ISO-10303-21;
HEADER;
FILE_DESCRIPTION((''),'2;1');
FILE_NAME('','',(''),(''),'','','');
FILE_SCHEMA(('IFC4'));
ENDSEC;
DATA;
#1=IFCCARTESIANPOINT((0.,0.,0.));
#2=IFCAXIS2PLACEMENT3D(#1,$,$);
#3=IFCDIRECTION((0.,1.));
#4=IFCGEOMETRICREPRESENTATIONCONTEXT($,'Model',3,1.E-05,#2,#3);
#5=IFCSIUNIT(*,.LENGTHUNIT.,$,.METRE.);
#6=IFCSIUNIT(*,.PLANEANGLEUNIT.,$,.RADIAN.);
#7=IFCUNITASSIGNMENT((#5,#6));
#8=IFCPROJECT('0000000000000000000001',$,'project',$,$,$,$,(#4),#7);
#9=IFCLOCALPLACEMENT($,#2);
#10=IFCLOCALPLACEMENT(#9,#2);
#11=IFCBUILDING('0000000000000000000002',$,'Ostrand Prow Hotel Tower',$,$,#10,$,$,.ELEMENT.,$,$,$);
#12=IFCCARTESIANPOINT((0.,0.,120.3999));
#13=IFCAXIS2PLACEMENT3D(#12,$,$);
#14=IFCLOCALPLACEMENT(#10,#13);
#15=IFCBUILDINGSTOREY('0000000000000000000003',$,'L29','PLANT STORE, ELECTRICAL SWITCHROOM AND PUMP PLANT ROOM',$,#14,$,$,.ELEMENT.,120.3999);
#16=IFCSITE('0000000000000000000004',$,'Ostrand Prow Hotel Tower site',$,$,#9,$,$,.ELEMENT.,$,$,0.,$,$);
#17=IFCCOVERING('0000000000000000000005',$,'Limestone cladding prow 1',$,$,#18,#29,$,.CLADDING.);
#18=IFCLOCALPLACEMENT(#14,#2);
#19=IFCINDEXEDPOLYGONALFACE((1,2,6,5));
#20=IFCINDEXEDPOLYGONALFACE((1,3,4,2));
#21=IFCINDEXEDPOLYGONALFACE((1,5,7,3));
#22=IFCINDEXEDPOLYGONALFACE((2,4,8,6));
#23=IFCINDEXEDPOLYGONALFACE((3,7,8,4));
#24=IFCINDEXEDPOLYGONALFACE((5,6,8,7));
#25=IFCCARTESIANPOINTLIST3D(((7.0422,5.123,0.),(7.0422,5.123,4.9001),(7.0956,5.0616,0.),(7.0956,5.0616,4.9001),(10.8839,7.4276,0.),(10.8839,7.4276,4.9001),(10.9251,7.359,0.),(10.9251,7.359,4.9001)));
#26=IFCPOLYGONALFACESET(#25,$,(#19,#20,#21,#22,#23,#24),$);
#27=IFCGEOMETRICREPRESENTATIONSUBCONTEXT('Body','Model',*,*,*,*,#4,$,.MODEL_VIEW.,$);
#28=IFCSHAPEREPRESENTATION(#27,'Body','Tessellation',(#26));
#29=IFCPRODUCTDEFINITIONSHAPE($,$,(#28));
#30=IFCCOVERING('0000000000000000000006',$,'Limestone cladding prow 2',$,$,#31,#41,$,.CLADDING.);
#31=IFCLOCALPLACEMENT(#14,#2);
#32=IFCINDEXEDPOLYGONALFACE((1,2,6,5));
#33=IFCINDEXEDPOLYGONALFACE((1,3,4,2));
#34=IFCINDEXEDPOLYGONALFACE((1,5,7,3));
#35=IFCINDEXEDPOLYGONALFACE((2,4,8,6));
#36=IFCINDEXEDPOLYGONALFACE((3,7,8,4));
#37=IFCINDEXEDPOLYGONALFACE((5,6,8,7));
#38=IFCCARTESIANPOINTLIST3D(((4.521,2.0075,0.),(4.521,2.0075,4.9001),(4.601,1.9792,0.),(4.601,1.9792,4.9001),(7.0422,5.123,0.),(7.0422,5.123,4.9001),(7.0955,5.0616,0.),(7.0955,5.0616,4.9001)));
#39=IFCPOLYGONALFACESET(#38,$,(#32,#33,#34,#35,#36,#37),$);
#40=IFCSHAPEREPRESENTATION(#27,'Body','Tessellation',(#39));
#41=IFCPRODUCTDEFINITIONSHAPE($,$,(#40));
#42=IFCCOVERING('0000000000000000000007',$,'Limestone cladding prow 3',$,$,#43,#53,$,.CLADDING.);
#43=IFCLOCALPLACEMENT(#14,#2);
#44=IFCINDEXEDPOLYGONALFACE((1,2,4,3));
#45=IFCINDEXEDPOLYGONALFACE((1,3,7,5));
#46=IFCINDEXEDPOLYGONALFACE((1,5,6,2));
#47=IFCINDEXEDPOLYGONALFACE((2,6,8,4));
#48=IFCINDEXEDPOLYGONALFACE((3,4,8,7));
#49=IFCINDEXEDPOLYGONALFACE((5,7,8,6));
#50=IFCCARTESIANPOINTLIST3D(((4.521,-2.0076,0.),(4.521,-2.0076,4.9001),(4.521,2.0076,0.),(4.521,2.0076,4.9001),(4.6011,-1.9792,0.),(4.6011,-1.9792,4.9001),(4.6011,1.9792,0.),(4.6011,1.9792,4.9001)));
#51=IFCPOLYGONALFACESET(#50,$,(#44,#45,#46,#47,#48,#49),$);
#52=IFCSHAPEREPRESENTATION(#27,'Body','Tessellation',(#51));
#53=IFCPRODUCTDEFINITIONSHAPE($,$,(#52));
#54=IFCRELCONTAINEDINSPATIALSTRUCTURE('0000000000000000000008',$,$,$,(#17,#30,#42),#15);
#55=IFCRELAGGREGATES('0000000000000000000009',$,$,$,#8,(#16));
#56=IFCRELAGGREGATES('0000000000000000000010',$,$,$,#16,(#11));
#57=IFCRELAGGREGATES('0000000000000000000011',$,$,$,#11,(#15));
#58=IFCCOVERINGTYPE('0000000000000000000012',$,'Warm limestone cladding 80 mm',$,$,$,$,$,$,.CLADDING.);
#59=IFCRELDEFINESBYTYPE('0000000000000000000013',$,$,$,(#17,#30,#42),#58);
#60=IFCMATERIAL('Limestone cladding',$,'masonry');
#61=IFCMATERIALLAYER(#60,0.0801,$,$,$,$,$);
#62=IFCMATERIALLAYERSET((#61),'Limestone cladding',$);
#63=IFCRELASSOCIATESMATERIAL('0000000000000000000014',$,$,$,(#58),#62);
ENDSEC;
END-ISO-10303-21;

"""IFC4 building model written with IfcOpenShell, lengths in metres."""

from ifc_helpers import new_model, si_unit, direction, frame, origin, place, context, subcontext, project, spatial, polyline, outline, extrude, material, layer, layer_set, type_object, element, save


model = new_model("IFC4")

# Units and contexts
model_context = context("Model", 3, precision=1e-05, world=origin(), true_north=direction((0.0, 1.0)))
body_context = subcontext(model_context, "Body", "Model", "MODEL_VIEW")
ifc_project = project(units=[si_unit("LENGTHUNIT", "METRE"), si_unit("PLANEANGLEUNIT", "RADIAN")], contexts=[model_context])

# Site, building, storey
site_placement = place(None, origin())
site = spatial("IfcSite", under=ifc_project, at=site_placement, Name="Ostrand Prow Hotel Tower site", CompositionType="ELEMENT", RefElevation=0.0)
building_placement = place(site_placement, origin())
building = spatial("IfcBuilding", under=site, at=building_placement, Name="Ostrand Prow Hotel Tower", CompositionType="ELEMENT")
storey_placement = place(building_placement, frame((0.0, 0.0, 120.3999)))
storey = spatial("IfcBuildingStorey", under=building, at=storey_placement, Name="L29", Description="PLANT STORE, ELECTRICAL SWITCHROOM AND PUMP PLANT ROOM", CompositionType="ELEMENT", Elevation=120.3999)

# Coverings
ifc_material_1 = material(Name="Limestone cladding", Category="masonry")
ifc_layer_1 = layer(ifc_material_1, 0.0801)
ifc_layer_set_1 = layer_set([ifc_layer_1], Name="Limestone cladding")
covering_type_1 = type_object("IfcCoveringType", Name="Warm limestone cladding 80 mm", PredefinedType="CLADDING", material=ifc_layer_set_1)
covering_1_placement = place(storey_placement, frame((10.9045, 7.3933, 0.0), z_axis=(0.0, 0.0, 1.0), x_axis=(-0.857531, -0.514432, 0.0)))
element("IfcCovering", 1, at=covering_1_placement, inside=storey, type_object=covering_type_1, Name="Limestone cladding prow 1", PredefinedType="CLADDING", context=body_context, shape_type="SweptSolid", body=[
    extrude(outline(polyline([(0.0, -0.04), (4.48, -0.04), (4.4658, 0.04), (0.0, 0.04), (0.0, -0.04)])), origin(), (0.0, 0.0, 1.0), 4.9001),
])
covering_2_placement = place(storey_placement, frame((7.0688, 5.0923, 0.0), z_axis=(0.0, 0.0, 1.0), x_axis=(-0.629077, -0.777343, 0.0)))
element("IfcCovering", 2, at=covering_2_placement, inside=storey, type_object=covering_type_1, Name="Limestone cladding prow 2", PredefinedType="CLADDING", context=body_context, shape_type="SweptSolid", body=[
    extrude(outline(polyline([(-0.0071, -0.04), (4.0007, -0.04), (3.9724, 0.04), (0.0071, 0.04), (-0.0071, -0.04)])), origin(), (0.0, 0.0, 1.0), 4.9001),
])
covering_3_placement = place(storey_placement, frame((4.561, 1.9934, 0.0), z_axis=(0.0, 0.0, 1.0), x_axis=(0.0, -1.0, 0.0)))
element("IfcCovering", 3, at=covering_3_placement, inside=storey, type_object=covering_type_1, Name="Limestone cladding prow 3", PredefinedType="CLADDING", context=body_context, shape_type="SweptSolid", body=[
    extrude(outline(polyline([(-0.0142, -0.04), (4.001, -0.04), (3.9727, 0.04), (0.0142, 0.04), (-0.0142, -0.04)])), origin(), (0.0, 0.0, 1.0), 4.9001),
])

save(model, "model.ifc")
